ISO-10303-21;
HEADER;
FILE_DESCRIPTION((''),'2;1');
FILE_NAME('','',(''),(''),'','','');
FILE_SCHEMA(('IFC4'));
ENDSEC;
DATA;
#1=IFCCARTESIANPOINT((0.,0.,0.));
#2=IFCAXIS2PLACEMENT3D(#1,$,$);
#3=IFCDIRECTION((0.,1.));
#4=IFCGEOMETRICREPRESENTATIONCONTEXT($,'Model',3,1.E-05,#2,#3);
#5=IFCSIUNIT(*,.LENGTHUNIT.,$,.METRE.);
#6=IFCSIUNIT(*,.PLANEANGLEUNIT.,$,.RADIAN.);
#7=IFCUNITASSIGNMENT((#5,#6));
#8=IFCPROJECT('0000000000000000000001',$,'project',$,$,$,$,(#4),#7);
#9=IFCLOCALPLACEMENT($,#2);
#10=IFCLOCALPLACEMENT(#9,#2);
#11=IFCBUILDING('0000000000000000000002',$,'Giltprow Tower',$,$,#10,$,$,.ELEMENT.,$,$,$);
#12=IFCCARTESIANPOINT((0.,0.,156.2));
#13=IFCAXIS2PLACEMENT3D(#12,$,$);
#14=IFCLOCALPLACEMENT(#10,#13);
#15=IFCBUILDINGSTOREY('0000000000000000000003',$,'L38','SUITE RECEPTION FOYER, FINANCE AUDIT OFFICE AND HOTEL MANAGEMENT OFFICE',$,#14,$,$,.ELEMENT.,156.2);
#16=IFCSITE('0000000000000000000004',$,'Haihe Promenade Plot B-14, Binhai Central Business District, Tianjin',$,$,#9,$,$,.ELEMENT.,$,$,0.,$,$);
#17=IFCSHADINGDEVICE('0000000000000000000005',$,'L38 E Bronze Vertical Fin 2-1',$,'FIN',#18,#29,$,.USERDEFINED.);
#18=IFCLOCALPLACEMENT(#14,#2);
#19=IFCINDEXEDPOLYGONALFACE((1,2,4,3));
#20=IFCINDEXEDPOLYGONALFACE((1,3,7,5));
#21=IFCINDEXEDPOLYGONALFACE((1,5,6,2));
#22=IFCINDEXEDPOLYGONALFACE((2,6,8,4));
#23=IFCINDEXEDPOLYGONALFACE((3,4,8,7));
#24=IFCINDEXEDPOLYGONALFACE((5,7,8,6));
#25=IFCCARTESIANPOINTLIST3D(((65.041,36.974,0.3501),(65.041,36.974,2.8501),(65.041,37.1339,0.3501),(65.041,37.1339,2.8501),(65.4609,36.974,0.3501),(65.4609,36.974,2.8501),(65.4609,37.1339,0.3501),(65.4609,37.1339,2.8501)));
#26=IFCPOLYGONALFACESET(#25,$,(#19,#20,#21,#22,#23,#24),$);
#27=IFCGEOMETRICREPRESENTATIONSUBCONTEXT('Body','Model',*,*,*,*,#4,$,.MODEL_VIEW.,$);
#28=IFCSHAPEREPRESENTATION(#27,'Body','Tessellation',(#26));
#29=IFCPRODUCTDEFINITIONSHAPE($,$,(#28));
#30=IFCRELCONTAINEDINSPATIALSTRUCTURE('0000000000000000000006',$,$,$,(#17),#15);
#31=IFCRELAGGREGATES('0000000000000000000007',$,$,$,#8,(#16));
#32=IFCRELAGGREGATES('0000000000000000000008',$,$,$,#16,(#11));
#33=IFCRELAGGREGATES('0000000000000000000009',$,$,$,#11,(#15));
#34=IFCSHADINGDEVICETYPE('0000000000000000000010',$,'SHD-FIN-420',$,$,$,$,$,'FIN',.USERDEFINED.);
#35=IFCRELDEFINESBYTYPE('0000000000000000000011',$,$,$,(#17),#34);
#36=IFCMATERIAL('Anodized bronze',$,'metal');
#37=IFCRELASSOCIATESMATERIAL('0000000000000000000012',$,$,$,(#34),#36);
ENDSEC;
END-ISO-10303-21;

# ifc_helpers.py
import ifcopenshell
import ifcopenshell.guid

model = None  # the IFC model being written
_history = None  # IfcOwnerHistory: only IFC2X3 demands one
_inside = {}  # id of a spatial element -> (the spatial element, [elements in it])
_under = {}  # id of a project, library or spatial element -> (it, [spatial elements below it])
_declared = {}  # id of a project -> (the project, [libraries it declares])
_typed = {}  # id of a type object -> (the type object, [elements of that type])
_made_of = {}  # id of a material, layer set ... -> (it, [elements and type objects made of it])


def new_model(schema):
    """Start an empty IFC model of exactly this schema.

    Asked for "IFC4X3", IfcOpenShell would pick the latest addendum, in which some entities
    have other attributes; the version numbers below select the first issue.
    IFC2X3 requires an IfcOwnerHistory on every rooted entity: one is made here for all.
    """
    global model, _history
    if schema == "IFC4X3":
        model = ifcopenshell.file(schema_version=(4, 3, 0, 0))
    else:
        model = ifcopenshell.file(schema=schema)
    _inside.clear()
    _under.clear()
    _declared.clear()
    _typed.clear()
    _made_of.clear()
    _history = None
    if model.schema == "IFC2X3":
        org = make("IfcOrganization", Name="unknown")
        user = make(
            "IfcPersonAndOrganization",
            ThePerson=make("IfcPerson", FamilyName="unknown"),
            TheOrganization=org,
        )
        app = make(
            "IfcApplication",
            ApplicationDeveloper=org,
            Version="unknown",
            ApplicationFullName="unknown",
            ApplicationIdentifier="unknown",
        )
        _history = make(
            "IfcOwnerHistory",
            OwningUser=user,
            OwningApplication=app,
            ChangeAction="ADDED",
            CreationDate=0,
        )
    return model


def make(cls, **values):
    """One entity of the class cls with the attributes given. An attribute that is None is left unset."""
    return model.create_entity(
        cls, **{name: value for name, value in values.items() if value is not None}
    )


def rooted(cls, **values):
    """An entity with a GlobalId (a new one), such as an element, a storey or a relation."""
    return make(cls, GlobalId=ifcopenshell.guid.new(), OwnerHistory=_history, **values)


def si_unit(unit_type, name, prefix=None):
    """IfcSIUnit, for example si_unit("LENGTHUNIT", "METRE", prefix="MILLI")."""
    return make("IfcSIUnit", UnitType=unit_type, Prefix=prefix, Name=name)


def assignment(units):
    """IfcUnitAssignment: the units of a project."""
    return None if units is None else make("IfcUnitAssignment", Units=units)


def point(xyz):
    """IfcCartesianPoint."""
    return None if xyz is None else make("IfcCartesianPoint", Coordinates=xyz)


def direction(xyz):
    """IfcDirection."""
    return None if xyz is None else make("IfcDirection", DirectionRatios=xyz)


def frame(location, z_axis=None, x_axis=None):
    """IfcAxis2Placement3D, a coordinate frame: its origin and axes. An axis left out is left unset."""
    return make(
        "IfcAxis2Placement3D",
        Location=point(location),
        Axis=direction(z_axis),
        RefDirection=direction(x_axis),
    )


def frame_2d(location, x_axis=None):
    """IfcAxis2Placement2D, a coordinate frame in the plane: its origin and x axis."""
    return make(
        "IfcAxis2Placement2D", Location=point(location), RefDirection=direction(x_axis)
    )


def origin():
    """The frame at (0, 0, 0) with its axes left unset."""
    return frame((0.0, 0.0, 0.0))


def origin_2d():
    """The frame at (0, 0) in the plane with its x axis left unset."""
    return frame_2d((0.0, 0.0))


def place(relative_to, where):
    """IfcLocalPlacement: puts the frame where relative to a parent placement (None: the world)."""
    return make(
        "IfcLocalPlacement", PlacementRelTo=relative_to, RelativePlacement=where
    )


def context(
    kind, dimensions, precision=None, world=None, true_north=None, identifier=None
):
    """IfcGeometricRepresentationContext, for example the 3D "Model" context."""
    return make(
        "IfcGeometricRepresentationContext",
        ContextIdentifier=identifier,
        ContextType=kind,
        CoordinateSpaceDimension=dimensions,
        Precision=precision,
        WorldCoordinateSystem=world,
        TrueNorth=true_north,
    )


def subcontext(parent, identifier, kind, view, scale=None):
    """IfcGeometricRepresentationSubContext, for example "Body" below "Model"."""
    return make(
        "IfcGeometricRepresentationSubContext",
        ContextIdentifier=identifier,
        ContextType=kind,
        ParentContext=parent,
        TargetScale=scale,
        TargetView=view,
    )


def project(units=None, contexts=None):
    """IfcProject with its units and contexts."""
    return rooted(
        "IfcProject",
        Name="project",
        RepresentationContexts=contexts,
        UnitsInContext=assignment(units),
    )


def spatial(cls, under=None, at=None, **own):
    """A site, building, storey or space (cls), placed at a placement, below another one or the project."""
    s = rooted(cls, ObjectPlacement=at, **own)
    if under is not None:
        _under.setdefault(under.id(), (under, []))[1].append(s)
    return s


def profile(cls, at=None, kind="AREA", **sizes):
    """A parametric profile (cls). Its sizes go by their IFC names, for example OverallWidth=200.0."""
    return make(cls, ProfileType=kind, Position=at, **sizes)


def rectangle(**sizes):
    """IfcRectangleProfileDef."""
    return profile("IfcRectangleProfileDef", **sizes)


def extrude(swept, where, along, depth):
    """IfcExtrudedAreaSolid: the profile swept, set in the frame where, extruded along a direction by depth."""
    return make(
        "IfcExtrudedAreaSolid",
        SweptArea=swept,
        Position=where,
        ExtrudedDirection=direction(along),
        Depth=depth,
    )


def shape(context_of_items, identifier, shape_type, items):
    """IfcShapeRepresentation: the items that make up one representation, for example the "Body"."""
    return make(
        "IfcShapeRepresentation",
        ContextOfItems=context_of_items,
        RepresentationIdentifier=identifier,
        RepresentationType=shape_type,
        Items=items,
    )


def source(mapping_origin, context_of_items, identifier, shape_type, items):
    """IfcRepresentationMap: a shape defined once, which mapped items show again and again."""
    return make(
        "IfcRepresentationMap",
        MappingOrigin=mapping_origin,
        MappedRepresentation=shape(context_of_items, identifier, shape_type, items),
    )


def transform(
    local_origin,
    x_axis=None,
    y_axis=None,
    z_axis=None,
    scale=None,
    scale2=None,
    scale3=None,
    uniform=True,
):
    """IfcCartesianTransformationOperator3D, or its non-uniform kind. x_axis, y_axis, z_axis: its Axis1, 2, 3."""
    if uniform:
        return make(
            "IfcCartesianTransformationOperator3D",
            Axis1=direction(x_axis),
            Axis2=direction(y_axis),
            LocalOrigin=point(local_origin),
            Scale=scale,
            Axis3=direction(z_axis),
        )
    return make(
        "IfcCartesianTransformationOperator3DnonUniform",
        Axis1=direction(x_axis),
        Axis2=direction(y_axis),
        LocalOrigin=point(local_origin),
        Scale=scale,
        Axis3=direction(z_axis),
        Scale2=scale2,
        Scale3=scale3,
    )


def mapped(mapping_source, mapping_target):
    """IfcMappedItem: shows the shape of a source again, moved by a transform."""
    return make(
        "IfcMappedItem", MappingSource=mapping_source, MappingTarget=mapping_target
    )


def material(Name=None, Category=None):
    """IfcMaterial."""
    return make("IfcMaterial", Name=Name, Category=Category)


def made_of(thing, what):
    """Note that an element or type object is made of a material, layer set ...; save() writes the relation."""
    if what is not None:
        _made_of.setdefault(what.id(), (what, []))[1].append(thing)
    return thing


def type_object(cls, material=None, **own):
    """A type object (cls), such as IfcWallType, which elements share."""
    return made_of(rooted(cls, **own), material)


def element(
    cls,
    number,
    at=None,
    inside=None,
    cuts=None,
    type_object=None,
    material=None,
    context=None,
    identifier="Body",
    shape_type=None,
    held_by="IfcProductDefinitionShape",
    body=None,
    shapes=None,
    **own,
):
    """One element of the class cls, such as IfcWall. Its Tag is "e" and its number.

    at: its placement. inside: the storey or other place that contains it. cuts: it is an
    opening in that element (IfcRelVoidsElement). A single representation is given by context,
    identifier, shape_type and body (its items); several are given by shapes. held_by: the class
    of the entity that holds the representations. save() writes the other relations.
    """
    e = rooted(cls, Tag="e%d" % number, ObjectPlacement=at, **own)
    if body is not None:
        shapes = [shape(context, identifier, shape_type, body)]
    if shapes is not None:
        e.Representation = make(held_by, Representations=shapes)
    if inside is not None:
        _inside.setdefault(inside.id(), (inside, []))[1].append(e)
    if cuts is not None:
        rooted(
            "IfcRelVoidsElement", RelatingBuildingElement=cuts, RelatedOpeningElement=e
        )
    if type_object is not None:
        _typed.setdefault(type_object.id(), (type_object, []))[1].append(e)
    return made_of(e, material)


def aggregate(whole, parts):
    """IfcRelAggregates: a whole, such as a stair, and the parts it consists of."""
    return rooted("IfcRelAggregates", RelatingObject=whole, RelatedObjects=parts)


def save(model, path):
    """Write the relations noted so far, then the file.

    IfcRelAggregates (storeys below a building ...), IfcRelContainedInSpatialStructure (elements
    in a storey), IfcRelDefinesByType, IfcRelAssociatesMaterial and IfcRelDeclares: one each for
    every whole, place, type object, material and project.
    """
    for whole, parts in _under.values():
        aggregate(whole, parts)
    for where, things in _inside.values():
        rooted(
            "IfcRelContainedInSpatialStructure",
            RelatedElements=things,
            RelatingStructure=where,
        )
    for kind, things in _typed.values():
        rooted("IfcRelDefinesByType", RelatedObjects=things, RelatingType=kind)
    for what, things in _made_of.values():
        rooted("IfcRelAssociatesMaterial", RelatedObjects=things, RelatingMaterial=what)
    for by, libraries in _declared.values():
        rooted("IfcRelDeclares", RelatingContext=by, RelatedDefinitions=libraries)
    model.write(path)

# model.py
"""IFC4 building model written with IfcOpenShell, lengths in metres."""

from ifc_helpers import new_model, si_unit, direction, frame, origin, origin_2d, place, context, subcontext, project, spatial, rectangle, extrude, source, transform, mapped, material, type_object, element, save


model = new_model("IFC4")

# Units and contexts
model_context = context("Model", 3, precision=1e-05, world=origin(), true_north=direction((0.0, 1.0)))
body_context = subcontext(model_context, "Body", "Model", "MODEL_VIEW")
ifc_project = project(units=[si_unit("LENGTHUNIT", "METRE"), si_unit("PLANEANGLEUNIT", "RADIAN")], contexts=[model_context])

# Site, building, storey
site_placement = place(None, origin())
site = spatial("IfcSite", under=ifc_project, at=site_placement, Name="Haihe Promenade Plot B-14, Binhai Central Business District, Tianjin", CompositionType="ELEMENT", RefElevation=0.0)
building_placement = place(site_placement, origin())
building = spatial("IfcBuilding", under=site, at=building_placement, Name="Giltprow Tower", CompositionType="ELEMENT")
storey_placement = place(building_placement, frame((0.0, 0.0, 156.2)))
storey = spatial("IfcBuildingStorey", under=building, at=storey_placement, Name="L38", Description="SUITE RECEPTION FOYER, FINANCE AUDIT OFFICE AND HOTEL MANAGEMENT OFFICE", CompositionType="ELEMENT", Elevation=156.2)

# Shared definitions
ifc_material_1 = material(Name="Anodized bronze", Category="metal")

# Shading device
shading_device_type = type_object("IfcShadingDeviceType", Name="SHD-FIN-420", ElementType="FIN", PredefinedType="USERDEFINED", material=ifc_material_1)
shared_shape_1 = source(origin(), body_context, "Body", "SweptSolid", [
    extrude(rectangle(XDim=0.4199, YDim=0.1599, at=origin_2d()), origin(), (0.0, 0.0, 1.0), 2.5),
])
shading_device_placement = place(storey_placement, frame((65.251, 37.054, 0.3501), z_axis=(0.0, 0.0, 1.0), x_axis=(1.0, 0.0, 0.0)))
element("IfcShadingDevice", 1, at=shading_device_placement, inside=storey, type_object=shading_device_type, Name="L38 E Bronze Vertical Fin 2-1", ObjectType="FIN", PredefinedType="USERDEFINED", context=body_context, shape_type="MappedRepresentation", body=[
    mapped(shared_shape_1, transform((0.0, 0.0, 0.0), x_axis=(1.0, 0.0, 0.0), y_axis=(0.0, 1.0, 0.0), z_axis=(0.0, 0.0, 1.0), scale=1.0)),
])

save(model, "model.ifc")
